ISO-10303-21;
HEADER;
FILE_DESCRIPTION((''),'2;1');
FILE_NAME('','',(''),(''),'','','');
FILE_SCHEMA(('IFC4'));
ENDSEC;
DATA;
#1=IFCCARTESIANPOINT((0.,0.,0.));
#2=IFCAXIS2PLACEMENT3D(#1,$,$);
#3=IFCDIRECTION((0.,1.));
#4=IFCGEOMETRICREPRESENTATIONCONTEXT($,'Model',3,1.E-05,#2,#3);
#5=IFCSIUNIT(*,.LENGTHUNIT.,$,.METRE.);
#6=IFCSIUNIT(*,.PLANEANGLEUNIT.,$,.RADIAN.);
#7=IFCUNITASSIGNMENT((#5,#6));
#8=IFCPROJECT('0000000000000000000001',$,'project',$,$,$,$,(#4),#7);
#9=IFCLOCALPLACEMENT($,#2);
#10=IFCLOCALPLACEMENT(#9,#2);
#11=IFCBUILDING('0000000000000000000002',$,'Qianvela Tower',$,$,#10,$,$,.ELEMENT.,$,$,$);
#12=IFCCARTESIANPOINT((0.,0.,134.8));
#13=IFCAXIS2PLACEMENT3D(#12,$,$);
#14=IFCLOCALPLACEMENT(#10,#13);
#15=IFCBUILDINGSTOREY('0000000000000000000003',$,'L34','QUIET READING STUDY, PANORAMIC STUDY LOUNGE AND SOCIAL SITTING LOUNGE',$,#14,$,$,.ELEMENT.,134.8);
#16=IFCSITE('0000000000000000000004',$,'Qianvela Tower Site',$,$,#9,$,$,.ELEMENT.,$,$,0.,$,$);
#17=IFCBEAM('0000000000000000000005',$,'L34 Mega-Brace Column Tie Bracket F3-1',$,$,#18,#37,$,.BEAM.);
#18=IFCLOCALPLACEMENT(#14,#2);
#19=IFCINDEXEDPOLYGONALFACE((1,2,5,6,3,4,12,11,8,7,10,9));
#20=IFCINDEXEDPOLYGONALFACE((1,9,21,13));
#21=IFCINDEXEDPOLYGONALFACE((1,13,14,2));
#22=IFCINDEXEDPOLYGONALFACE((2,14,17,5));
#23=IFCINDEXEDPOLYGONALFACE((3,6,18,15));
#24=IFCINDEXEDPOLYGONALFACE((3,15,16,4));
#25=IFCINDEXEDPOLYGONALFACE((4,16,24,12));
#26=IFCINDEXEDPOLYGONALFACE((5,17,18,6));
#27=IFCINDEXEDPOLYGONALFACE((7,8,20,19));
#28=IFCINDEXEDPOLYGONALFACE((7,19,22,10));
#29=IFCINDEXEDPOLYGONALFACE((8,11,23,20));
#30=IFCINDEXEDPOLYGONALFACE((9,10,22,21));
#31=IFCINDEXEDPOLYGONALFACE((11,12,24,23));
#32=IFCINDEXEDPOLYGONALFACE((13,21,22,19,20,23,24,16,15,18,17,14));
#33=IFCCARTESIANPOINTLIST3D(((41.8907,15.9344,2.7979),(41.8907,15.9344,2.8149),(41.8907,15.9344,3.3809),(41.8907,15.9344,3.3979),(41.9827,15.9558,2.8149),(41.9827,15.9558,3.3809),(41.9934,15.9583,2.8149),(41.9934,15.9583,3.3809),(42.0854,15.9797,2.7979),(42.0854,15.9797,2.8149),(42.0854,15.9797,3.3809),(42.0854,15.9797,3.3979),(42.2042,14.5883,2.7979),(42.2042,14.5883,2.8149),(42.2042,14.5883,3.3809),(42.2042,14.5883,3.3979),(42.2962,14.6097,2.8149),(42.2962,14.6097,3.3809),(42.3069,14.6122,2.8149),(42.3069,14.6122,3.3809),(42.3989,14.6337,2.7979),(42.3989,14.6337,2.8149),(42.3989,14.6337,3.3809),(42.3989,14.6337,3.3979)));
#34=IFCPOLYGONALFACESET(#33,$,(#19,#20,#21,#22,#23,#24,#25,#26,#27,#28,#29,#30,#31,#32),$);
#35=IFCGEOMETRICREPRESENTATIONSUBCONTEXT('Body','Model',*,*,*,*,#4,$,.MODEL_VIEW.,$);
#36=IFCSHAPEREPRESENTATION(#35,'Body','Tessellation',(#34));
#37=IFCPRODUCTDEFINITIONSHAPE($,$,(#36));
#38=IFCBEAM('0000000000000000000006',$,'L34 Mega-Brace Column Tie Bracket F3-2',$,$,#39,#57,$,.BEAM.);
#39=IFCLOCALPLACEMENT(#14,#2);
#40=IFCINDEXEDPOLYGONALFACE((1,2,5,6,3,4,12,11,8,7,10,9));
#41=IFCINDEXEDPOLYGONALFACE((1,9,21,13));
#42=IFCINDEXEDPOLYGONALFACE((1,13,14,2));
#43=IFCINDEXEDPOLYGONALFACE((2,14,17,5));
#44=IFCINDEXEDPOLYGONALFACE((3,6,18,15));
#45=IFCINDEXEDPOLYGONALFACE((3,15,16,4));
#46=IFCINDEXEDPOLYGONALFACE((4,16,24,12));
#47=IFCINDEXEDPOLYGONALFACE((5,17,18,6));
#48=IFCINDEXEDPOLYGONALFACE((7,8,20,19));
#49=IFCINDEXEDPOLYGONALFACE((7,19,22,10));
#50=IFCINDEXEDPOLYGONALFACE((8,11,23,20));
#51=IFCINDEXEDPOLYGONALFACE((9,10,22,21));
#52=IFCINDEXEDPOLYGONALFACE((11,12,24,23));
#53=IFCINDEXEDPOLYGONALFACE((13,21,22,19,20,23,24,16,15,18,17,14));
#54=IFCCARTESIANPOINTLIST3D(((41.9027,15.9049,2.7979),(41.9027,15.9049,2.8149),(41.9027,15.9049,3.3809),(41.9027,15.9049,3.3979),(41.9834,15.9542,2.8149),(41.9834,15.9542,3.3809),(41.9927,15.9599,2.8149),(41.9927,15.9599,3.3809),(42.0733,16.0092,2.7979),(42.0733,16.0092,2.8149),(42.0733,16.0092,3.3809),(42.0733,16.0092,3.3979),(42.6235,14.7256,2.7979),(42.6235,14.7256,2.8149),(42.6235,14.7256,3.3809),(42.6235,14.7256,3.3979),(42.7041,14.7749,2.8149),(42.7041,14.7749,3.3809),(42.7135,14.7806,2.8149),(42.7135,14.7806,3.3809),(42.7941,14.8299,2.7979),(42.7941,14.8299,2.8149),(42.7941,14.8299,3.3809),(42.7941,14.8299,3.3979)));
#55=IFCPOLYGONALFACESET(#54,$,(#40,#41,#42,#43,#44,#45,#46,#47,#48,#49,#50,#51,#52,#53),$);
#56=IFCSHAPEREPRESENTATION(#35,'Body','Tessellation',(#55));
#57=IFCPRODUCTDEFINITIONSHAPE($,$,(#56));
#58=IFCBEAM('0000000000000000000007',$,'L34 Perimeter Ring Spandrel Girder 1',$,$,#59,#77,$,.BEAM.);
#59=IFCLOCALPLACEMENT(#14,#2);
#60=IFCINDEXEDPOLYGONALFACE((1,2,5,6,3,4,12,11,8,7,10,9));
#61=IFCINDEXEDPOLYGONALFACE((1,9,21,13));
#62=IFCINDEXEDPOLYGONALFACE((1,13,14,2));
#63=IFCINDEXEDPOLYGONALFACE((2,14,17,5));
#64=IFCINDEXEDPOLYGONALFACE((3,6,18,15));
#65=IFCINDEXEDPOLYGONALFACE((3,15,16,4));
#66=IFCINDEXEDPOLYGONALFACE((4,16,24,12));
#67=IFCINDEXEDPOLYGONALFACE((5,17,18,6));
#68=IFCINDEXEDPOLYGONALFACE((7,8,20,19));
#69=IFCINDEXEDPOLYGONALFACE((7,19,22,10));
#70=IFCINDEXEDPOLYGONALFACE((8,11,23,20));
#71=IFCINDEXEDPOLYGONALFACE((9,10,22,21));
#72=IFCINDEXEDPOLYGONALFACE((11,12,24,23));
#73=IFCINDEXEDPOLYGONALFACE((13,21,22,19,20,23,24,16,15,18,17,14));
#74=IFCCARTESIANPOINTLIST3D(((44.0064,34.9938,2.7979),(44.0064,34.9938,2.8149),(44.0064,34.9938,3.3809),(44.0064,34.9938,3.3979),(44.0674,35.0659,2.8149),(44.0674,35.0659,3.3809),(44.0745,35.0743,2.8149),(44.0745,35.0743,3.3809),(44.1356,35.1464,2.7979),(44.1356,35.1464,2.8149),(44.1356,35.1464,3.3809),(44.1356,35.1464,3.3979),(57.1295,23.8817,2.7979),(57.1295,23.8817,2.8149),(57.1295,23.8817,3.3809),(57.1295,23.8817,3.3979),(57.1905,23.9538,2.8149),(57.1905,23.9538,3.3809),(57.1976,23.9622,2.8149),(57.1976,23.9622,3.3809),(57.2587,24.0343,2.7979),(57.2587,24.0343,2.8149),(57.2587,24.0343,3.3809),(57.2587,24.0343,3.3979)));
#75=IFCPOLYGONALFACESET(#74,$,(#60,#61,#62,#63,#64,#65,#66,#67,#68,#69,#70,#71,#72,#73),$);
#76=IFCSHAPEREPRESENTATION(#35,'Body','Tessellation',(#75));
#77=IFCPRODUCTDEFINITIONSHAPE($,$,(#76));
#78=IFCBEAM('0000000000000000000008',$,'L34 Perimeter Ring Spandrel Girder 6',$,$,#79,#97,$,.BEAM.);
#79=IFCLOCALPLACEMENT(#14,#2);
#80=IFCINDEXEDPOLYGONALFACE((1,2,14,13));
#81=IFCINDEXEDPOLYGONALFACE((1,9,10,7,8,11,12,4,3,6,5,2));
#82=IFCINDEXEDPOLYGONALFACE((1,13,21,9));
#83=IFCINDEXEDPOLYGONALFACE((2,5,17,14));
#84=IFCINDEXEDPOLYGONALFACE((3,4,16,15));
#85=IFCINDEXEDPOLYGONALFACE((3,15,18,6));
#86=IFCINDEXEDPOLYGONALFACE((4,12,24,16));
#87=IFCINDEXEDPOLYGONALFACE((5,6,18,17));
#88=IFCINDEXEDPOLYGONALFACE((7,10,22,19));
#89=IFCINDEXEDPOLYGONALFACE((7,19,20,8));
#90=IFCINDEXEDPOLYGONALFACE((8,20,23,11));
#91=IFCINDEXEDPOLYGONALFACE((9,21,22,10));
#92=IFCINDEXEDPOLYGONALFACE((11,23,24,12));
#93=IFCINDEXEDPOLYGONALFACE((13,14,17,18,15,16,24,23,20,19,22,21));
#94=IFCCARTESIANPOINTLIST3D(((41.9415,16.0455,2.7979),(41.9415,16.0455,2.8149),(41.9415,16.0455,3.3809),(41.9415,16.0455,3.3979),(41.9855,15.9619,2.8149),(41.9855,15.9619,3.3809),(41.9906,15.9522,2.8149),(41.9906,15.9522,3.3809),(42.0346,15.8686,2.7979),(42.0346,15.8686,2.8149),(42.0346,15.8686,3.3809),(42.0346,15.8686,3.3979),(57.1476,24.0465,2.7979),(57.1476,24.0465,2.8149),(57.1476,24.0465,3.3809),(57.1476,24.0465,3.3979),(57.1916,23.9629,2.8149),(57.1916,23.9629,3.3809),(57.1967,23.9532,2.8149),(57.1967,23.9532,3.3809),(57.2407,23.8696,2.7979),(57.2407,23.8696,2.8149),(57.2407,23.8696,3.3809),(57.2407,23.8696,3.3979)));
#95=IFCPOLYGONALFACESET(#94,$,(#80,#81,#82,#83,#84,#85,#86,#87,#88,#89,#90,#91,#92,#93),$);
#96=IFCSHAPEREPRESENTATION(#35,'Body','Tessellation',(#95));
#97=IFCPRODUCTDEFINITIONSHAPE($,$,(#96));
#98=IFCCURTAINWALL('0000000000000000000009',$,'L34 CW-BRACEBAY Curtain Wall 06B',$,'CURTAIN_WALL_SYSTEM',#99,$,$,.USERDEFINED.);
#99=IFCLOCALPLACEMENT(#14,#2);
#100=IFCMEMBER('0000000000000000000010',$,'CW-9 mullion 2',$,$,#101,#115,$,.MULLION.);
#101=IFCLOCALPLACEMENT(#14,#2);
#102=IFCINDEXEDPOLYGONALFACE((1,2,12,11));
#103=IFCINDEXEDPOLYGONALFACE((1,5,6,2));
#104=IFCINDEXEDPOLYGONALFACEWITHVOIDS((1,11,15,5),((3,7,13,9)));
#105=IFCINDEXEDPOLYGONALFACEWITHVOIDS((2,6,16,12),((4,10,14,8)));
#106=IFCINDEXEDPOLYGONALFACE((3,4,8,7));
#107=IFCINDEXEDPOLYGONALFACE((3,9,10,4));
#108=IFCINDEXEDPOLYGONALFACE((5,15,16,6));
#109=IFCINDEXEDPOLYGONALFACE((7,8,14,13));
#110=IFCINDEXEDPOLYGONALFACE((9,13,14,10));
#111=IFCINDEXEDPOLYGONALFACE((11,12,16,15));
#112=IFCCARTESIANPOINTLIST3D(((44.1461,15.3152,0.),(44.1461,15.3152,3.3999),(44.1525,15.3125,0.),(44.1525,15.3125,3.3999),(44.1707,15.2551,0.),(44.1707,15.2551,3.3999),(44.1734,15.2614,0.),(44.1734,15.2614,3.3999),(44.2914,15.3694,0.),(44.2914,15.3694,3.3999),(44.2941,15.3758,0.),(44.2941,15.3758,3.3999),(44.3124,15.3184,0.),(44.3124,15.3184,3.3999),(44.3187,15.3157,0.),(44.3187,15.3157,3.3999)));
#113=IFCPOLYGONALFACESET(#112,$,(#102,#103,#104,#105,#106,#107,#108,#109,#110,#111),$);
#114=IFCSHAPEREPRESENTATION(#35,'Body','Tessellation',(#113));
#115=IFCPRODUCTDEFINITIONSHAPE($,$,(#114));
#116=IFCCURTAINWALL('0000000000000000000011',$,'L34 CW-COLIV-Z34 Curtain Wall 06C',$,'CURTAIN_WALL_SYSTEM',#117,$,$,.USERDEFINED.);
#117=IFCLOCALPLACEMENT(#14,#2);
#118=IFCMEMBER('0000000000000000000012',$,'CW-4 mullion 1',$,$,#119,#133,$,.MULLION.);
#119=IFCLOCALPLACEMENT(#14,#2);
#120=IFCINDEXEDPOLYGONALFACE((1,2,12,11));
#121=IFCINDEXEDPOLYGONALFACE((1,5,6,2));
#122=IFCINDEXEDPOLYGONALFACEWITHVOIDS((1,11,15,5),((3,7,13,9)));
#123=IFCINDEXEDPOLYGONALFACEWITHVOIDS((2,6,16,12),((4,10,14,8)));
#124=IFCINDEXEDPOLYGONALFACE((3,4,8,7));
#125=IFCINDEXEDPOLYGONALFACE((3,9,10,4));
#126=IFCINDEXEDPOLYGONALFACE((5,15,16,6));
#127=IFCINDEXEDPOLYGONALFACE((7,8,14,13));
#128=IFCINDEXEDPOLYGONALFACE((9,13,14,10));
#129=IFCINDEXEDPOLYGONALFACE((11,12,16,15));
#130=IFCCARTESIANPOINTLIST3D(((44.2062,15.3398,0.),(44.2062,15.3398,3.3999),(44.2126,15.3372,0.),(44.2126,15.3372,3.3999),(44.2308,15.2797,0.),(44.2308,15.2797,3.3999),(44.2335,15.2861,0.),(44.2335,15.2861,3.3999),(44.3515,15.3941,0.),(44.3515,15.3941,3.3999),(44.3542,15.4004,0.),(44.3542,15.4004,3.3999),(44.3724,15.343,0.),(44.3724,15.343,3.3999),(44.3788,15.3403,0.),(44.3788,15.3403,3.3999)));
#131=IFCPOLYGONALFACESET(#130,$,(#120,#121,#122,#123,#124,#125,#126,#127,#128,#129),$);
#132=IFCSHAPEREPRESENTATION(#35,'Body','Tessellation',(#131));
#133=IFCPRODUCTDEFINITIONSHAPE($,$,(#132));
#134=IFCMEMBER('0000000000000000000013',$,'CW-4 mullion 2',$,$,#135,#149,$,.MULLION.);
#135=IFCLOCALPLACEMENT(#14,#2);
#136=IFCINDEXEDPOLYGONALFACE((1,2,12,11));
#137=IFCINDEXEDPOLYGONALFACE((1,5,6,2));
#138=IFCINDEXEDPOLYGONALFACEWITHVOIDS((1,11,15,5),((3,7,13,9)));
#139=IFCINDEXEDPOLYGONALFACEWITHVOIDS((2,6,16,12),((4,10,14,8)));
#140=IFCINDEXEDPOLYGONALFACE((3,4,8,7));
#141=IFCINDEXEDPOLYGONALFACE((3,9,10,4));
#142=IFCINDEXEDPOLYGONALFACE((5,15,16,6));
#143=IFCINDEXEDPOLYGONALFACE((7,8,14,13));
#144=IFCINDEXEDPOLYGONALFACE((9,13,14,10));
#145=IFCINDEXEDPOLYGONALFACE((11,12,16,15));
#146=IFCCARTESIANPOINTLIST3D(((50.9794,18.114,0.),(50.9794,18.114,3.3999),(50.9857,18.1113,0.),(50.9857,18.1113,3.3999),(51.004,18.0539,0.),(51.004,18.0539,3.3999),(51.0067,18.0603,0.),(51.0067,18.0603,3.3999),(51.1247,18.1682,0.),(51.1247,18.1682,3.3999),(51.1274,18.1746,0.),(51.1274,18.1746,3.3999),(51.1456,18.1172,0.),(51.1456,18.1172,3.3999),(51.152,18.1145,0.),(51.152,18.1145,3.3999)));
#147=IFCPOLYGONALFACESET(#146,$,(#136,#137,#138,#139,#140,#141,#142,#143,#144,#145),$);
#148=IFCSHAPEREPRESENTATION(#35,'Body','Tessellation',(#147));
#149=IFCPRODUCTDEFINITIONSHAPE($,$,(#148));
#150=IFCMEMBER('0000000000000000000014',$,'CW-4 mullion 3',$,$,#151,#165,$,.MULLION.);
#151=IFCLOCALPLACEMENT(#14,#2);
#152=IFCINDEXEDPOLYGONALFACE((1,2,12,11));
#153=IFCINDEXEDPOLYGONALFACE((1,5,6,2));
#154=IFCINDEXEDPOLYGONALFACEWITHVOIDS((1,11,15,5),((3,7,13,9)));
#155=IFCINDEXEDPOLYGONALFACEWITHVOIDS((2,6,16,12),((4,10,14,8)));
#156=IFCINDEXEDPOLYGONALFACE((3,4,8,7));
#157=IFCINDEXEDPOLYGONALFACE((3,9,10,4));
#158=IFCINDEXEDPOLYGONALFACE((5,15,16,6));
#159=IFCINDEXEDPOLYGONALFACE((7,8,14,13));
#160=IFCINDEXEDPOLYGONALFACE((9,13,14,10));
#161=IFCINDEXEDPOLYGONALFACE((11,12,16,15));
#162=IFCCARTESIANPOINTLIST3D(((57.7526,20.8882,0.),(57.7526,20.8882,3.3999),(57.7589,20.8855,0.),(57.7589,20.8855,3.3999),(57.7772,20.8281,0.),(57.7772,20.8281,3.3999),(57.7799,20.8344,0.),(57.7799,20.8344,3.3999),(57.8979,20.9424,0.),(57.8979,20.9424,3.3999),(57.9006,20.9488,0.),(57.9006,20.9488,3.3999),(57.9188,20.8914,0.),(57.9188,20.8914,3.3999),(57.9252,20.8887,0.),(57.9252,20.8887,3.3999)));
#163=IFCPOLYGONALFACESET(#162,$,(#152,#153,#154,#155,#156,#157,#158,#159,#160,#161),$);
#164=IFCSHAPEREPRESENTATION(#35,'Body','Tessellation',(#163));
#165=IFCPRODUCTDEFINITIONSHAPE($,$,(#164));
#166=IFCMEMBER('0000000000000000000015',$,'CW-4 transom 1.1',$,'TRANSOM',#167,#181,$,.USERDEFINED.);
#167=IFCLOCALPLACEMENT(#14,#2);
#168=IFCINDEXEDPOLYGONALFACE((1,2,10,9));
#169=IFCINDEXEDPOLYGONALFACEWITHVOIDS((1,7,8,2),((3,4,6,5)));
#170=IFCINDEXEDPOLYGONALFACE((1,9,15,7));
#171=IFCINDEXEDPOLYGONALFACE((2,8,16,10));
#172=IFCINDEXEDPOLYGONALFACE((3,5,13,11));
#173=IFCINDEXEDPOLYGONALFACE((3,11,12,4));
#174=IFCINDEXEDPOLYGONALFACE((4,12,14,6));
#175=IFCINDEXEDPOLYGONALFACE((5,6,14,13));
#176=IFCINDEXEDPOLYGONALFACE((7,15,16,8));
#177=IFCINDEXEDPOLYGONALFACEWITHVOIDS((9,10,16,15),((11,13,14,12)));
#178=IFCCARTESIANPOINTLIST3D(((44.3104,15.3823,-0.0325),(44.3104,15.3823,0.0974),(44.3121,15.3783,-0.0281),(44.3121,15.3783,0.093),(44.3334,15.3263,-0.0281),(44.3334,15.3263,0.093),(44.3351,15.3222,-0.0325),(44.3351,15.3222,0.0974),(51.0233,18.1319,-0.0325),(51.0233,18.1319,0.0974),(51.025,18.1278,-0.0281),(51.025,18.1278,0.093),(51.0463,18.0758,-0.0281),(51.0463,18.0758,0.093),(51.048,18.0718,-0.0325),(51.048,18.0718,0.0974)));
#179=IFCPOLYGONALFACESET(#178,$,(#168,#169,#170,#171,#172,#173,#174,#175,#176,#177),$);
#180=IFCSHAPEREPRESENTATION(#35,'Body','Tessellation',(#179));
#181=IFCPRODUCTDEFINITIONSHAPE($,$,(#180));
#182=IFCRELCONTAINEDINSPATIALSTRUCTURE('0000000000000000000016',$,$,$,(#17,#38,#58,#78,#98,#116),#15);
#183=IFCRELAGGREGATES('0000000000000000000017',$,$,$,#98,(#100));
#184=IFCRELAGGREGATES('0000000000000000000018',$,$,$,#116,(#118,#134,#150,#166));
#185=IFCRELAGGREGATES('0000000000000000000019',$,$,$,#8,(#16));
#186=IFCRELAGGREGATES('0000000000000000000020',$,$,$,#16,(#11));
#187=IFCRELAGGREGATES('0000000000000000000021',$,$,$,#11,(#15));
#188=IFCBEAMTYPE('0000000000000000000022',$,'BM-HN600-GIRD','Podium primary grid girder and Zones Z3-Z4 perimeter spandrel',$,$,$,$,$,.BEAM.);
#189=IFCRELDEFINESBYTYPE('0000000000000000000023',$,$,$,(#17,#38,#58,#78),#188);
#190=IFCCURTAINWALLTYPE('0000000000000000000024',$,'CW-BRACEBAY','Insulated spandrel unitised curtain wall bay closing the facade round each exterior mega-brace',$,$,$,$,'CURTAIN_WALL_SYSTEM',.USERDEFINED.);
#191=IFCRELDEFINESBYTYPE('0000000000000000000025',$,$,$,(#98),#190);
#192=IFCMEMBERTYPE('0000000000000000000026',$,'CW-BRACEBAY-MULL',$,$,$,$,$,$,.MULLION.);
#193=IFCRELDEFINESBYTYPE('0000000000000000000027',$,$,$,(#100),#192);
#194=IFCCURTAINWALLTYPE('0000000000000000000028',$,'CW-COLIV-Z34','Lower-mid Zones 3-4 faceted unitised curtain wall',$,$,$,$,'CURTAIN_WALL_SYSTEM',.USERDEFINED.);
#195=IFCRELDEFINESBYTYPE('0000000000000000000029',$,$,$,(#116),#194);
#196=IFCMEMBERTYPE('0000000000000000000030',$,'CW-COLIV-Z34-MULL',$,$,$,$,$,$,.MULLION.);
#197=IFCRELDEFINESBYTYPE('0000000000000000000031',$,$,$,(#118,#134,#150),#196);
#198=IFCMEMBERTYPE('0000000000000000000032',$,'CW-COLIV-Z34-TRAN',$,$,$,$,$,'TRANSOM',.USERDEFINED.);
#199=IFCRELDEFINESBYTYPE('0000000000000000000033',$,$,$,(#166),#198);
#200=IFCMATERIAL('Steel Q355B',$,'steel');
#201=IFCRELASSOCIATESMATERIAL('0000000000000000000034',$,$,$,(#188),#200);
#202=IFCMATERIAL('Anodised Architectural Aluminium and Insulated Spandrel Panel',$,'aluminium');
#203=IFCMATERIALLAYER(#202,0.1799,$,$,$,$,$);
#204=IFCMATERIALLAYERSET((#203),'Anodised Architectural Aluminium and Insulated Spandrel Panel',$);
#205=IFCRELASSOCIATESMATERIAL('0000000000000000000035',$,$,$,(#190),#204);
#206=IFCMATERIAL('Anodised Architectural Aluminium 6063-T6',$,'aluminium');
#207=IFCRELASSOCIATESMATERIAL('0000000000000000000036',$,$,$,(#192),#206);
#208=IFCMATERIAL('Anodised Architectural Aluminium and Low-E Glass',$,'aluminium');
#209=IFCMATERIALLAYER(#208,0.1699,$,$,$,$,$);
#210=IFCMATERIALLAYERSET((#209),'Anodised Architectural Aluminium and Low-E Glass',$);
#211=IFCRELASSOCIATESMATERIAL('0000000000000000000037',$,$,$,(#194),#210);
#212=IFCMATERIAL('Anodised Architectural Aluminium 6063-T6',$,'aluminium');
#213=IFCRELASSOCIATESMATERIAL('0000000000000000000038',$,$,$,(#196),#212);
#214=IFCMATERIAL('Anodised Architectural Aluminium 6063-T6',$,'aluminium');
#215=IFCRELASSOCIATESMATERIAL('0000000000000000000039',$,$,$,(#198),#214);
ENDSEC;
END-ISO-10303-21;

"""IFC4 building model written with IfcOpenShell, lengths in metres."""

from ifc_helpers import new_model, si_unit, direction, frame, origin, origin_2d, place, context, subcontext, project, spatial, hollow_rectangle, i_section, extrude, material, layer, layer_set, material_profile, profile_set, type_object, element, aggregate, save


model = new_model("IFC4")

# Units and contexts
model_context = context("Model", 3, precision=1e-05, world=origin(), true_north=direction((0.0, 1.0)))
body_context = subcontext(model_context, "Body", "Model", "MODEL_VIEW")
ifc_project = project(units=[si_unit("LENGTHUNIT", "METRE"), si_unit("PLANEANGLEUNIT", "RADIAN")], contexts=[model_context])

# Site, building, storey
site_placement = place(None, origin())
site = spatial("IfcSite", under=ifc_project, at=site_placement, Name="Qianvela Tower Site", CompositionType="ELEMENT", RefElevation=0.0)
building_placement = place(site_placement, origin())
building = spatial("IfcBuilding", under=site, at=building_placement, Name="Qianvela Tower", CompositionType="ELEMENT")
storey_placement = place(building_placement, frame((0.0, 0.0, 134.8)))
storey = spatial("IfcBuildingStorey", under=building, at=storey_placement, Name="L34", Description="QUIET READING STUDY, PANORAMIC STUDY LOUNGE AND SOCIAL SITTING LOUNGE", CompositionType="ELEMENT", Elevation=134.8)

# Beams
ifc_material_1 = material(Name="Steel Q355B", Category="steel")
ifc_material_profile_1 = material_profile(ifc_material_1, i_section(OverallWidth=0.2, OverallDepth=0.6001, WebThickness=0.011, FlangeThickness=0.0171, at=origin_2d()), Name="HN600x200x11x17")
ifc_profile_set_1 = profile_set([ifc_material_profile_1], Name="Steel Q355B")
beam_type = type_object("IfcBeamType", Name="BM-HN600-GIRD", Description="Podium primary grid girder and Zones Z3-Z4 perimeter spandrel", PredefinedType="BEAM", material=ifc_profile_set_1)
for number, where, z_axis, x_axis, name in (
    (1, (41.988, 15.957, 3.0979), (0.226833, -0.973934, 0.0), (0.973934, 0.226833, 0.0), "L34 Mega-Brace Column Tie Bracket F3-1"),
    (2, (41.988, 15.957, 3.0979), (0.521493, -0.853256, 0.0), (0.853256, 0.521493, 0.0), "L34 Mega-Brace Column Tie Bracket F3-2"),
):
    element("IfcBeam", number, at=place(storey_placement, frame(where, z_axis=z_axis, x_axis=x_axis)), inside=storey, type_object=beam_type, Name=name, PredefinedType="BEAM", context=body_context, shape_type="SweptSolid", body=[
        extrude(i_section(OverallWidth=0.2, OverallDepth=0.6001, WebThickness=0.011, FlangeThickness=0.0171, at=origin_2d()), origin(), (0.0, 0.0, 1.0), 1.3821),
    ])
beam_1_placement = place(storey_placement, frame((57.1941, 23.958, 3.0979), z_axis=(-0.763158, 0.646211, 0.0), x_axis=(-0.646211, -0.763158, 0.0)))
element("IfcBeam", 3, at=beam_1_placement, inside=storey, type_object=beam_type, Name="L34 Perimeter Ring Spandrel Girder 1", PredefinedType="BEAM", context=body_context, shape_type="SweptSolid", body=[
    extrude(i_section(OverallWidth=0.2, OverallDepth=0.6001, WebThickness=0.011, FlangeThickness=0.0171, at=origin_2d()), origin(), (0.0, 0.0, 1.0), 17.1958),
])
beam_2_placement = place(storey_placement, frame((41.988, 15.957, 3.0979), z_axis=(0.884971, 0.465646, 0.0), x_axis=(-0.465646, 0.884971, 0.0)))
element("IfcBeam", 4, at=beam_2_placement, inside=storey, type_object=beam_type, Name="L34 Perimeter Ring Spandrel Girder 6", PredefinedType="BEAM", context=body_context, shape_type="SweptSolid", body=[
    extrude(i_section(OverallWidth=0.2, OverallDepth=0.6001, WebThickness=0.011, FlangeThickness=0.0171, at=origin_2d()), origin(), (0.0, 0.0, 1.0), 17.1826),
])

# Curtain wall, member
ifc_material_2 = material(Name="Anodised Architectural Aluminium and Insulated Spandrel Panel", Category="aluminium")
ifc_layer_1 = layer(ifc_material_2, 0.1799)
ifc_layer_set_1 = layer_set([ifc_layer_1], Name="Anodised Architectural Aluminium and Insulated Spandrel Panel")
curtain_wall_type_1 = type_object("IfcCurtainWallType", Name="CW-BRACEBAY", Description="Insulated spandrel unitised curtain wall bay closing the facade round each exterior mega-brace", ElementType="CURTAIN_WALL_SYSTEM", PredefinedType="USERDEFINED", material=ifc_layer_set_1)
curtain_wall_1_placement = place(storey_placement, origin())
curtain_wall_1 = element("IfcCurtainWall", 5, at=curtain_wall_1_placement, inside=storey, type_object=curtain_wall_type_1, Name="L34 CW-BRACEBAY Curtain Wall 06B", ObjectType="CURTAIN_WALL_SYSTEM", PredefinedType="USERDEFINED")
ifc_material_3 = material(Name="Anodised Architectural Aluminium 6063-T6", Category="aluminium")
ifc_material_profile_2 = material_profile(ifc_material_3, hollow_rectangle(XDim=0.0649, YDim=0.1599, WallThickness=0.0049, at=origin_2d()), Name="ALU-MULL-65x160")
ifc_profile_set_2 = profile_set([ifc_material_profile_2], Name="Anodised Architectural Aluminium 6063-T6")
member_type_1 = type_object("IfcMemberType", Name="CW-BRACEBAY-MULL", PredefinedType="MULLION", material=ifc_profile_set_2)
member_1_placement = place(storey_placement, frame((44.2324, 15.3154, 0.0), z_axis=(0.0, 0.0, 1.0), x_axis=(-0.379018, 0.925389, 0.0)))
member_1 = element("IfcMember", 6, at=member_1_placement, type_object=member_type_1, Name="CW-9 mullion 2", PredefinedType="MULLION", context=body_context, shape_type="SweptSolid", body=[
    extrude(hollow_rectangle(XDim=0.0649, YDim=0.1599, WallThickness=0.0049, at=origin_2d()), origin(), (0.0, 0.0, 1.0), 3.3999),
])

# Curtain wall, members
ifc_material_4 = material(Name="Anodised Architectural Aluminium and Low-E Glass", Category="aluminium")
ifc_layer_2 = layer(ifc_material_4, 0.1699)
ifc_layer_set_2 = layer_set([ifc_layer_2], Name="Anodised Architectural Aluminium and Low-E Glass")
curtain_wall_type_2 = type_object("IfcCurtainWallType", Name="CW-COLIV-Z34", Description="Lower-mid Zones 3-4 faceted unitised curtain wall", ElementType="CURTAIN_WALL_SYSTEM", PredefinedType="USERDEFINED", material=ifc_layer_set_2)
curtain_wall_2_placement = place(storey_placement, origin())
curtain_wall_2 = element("IfcCurtainWall", 7, at=curtain_wall_2_placement, inside=storey, type_object=curtain_wall_type_2, Name="L34 CW-COLIV-Z34 Curtain Wall 06C", ObjectType="CURTAIN_WALL_SYSTEM", PredefinedType="USERDEFINED")
ifc_material_5 = material(Name="Anodised Architectural Aluminium 6063-T6", Category="aluminium")
ifc_material_profile_3 = material_profile(ifc_material_5, hollow_rectangle(XDim=0.0649, YDim=0.1599, WallThickness=0.0049, at=origin_2d()), Name="ALU-MULL-65x160")
ifc_profile_set_3 = profile_set([ifc_material_profile_3], Name="Anodised Architectural Aluminium 6063-T6")
member_type_2 = type_object("IfcMemberType", Name="CW-COLIV-Z34-MULL", PredefinedType="MULLION", material=ifc_profile_set_3)
member_2_placement = place(storey_placement, frame((44.2925, 15.3401, 0.0), z_axis=(0.0, 0.0, 1.0), x_axis=(-0.379023, 0.925387, 0.0)))
member_2 = element("IfcMember", 8, at=member_2_placement, type_object=member_type_2, Name="CW-4 mullion 1", PredefinedType="MULLION", context=body_context, shape_type="SweptSolid", body=[
    extrude(hollow_rectangle(XDim=0.0649, YDim=0.1599, WallThickness=0.0049, at=origin_2d()), origin(), (0.0, 0.0, 1.0), 3.3999),
])
member_3_placement = place(storey_placement, frame((51.0657, 18.1143, 0.0), z_axis=(0.0, 0.0, 1.0), x_axis=(-0.379023, 0.925387, 0.0)))
member_3 = element("IfcMember", 9, at=member_3_placement, type_object=member_type_2, Name="CW-4 mullion 2", PredefinedType="MULLION", context=body_context, shape_type="SweptSolid", body=[
    extrude(hollow_rectangle(XDim=0.0649, YDim=0.1599, WallThickness=0.0049, at=origin_2d()), origin(), (0.0, 0.0, 1.0), 3.3999),
])
member_4_placement = place(storey_placement, frame((57.8389, 20.8884, 0.0), z_axis=(0.0, 0.0, 1.0), x_axis=(-0.379023, 0.925387, 0.0)))
member_4 = element("IfcMember", 10, at=member_4_placement, type_object=member_type_2, Name="CW-4 mullion 3", PredefinedType="MULLION", context=body_context, shape_type="SweptSolid", body=[
    extrude(hollow_rectangle(XDim=0.0649, YDim=0.1599, WallThickness=0.0049, at=origin_2d()), origin(), (0.0, 0.0, 1.0), 3.3999),
])
ifc_material_6 = material(Name="Anodised Architectural Aluminium 6063-T6", Category="aluminium")
ifc_material_profile_4 = material_profile(ifc_material_6, hollow_rectangle(XDim=0.0649, YDim=0.1299, WallThickness=0.0044, at=origin_2d()), Name="ALU-TRAN-65x130")
ifc_profile_set_4 = profile_set([ifc_material_profile_4], Name="Anodised Architectural Aluminium 6063-T6")
member_type_3 = type_object("IfcMemberType", Name="CW-COLIV-Z34-TRAN", ElementType="TRANSOM", PredefinedType="USERDEFINED", material=ifc_profile_set_4)
member_5_placement = place(storey_placement, frame((44.3228, 15.3523, 0.0325), z_axis=(0.925386, 0.379026, 0.0), x_axis=(-0.379026, 0.925386, 0.0)))
member_5 = element("IfcMember", 11, at=member_5_placement, type_object=member_type_3, Name="CW-4 transom 1.1", ObjectType="TRANSOM", PredefinedType="USERDEFINED", context=body_context, shape_type="SweptSolid", body=[
    extrude(hollow_rectangle(XDim=0.0649, YDim=0.1299, WallThickness=0.0044, at=origin_2d()), origin(), (0.0, 0.0, 1.0), 7.2542),
])

aggregate(curtain_wall_1, [member_1])
aggregate(curtain_wall_2, [member_2, member_3, member_4, member_5])

save(model, "model.ifc")
